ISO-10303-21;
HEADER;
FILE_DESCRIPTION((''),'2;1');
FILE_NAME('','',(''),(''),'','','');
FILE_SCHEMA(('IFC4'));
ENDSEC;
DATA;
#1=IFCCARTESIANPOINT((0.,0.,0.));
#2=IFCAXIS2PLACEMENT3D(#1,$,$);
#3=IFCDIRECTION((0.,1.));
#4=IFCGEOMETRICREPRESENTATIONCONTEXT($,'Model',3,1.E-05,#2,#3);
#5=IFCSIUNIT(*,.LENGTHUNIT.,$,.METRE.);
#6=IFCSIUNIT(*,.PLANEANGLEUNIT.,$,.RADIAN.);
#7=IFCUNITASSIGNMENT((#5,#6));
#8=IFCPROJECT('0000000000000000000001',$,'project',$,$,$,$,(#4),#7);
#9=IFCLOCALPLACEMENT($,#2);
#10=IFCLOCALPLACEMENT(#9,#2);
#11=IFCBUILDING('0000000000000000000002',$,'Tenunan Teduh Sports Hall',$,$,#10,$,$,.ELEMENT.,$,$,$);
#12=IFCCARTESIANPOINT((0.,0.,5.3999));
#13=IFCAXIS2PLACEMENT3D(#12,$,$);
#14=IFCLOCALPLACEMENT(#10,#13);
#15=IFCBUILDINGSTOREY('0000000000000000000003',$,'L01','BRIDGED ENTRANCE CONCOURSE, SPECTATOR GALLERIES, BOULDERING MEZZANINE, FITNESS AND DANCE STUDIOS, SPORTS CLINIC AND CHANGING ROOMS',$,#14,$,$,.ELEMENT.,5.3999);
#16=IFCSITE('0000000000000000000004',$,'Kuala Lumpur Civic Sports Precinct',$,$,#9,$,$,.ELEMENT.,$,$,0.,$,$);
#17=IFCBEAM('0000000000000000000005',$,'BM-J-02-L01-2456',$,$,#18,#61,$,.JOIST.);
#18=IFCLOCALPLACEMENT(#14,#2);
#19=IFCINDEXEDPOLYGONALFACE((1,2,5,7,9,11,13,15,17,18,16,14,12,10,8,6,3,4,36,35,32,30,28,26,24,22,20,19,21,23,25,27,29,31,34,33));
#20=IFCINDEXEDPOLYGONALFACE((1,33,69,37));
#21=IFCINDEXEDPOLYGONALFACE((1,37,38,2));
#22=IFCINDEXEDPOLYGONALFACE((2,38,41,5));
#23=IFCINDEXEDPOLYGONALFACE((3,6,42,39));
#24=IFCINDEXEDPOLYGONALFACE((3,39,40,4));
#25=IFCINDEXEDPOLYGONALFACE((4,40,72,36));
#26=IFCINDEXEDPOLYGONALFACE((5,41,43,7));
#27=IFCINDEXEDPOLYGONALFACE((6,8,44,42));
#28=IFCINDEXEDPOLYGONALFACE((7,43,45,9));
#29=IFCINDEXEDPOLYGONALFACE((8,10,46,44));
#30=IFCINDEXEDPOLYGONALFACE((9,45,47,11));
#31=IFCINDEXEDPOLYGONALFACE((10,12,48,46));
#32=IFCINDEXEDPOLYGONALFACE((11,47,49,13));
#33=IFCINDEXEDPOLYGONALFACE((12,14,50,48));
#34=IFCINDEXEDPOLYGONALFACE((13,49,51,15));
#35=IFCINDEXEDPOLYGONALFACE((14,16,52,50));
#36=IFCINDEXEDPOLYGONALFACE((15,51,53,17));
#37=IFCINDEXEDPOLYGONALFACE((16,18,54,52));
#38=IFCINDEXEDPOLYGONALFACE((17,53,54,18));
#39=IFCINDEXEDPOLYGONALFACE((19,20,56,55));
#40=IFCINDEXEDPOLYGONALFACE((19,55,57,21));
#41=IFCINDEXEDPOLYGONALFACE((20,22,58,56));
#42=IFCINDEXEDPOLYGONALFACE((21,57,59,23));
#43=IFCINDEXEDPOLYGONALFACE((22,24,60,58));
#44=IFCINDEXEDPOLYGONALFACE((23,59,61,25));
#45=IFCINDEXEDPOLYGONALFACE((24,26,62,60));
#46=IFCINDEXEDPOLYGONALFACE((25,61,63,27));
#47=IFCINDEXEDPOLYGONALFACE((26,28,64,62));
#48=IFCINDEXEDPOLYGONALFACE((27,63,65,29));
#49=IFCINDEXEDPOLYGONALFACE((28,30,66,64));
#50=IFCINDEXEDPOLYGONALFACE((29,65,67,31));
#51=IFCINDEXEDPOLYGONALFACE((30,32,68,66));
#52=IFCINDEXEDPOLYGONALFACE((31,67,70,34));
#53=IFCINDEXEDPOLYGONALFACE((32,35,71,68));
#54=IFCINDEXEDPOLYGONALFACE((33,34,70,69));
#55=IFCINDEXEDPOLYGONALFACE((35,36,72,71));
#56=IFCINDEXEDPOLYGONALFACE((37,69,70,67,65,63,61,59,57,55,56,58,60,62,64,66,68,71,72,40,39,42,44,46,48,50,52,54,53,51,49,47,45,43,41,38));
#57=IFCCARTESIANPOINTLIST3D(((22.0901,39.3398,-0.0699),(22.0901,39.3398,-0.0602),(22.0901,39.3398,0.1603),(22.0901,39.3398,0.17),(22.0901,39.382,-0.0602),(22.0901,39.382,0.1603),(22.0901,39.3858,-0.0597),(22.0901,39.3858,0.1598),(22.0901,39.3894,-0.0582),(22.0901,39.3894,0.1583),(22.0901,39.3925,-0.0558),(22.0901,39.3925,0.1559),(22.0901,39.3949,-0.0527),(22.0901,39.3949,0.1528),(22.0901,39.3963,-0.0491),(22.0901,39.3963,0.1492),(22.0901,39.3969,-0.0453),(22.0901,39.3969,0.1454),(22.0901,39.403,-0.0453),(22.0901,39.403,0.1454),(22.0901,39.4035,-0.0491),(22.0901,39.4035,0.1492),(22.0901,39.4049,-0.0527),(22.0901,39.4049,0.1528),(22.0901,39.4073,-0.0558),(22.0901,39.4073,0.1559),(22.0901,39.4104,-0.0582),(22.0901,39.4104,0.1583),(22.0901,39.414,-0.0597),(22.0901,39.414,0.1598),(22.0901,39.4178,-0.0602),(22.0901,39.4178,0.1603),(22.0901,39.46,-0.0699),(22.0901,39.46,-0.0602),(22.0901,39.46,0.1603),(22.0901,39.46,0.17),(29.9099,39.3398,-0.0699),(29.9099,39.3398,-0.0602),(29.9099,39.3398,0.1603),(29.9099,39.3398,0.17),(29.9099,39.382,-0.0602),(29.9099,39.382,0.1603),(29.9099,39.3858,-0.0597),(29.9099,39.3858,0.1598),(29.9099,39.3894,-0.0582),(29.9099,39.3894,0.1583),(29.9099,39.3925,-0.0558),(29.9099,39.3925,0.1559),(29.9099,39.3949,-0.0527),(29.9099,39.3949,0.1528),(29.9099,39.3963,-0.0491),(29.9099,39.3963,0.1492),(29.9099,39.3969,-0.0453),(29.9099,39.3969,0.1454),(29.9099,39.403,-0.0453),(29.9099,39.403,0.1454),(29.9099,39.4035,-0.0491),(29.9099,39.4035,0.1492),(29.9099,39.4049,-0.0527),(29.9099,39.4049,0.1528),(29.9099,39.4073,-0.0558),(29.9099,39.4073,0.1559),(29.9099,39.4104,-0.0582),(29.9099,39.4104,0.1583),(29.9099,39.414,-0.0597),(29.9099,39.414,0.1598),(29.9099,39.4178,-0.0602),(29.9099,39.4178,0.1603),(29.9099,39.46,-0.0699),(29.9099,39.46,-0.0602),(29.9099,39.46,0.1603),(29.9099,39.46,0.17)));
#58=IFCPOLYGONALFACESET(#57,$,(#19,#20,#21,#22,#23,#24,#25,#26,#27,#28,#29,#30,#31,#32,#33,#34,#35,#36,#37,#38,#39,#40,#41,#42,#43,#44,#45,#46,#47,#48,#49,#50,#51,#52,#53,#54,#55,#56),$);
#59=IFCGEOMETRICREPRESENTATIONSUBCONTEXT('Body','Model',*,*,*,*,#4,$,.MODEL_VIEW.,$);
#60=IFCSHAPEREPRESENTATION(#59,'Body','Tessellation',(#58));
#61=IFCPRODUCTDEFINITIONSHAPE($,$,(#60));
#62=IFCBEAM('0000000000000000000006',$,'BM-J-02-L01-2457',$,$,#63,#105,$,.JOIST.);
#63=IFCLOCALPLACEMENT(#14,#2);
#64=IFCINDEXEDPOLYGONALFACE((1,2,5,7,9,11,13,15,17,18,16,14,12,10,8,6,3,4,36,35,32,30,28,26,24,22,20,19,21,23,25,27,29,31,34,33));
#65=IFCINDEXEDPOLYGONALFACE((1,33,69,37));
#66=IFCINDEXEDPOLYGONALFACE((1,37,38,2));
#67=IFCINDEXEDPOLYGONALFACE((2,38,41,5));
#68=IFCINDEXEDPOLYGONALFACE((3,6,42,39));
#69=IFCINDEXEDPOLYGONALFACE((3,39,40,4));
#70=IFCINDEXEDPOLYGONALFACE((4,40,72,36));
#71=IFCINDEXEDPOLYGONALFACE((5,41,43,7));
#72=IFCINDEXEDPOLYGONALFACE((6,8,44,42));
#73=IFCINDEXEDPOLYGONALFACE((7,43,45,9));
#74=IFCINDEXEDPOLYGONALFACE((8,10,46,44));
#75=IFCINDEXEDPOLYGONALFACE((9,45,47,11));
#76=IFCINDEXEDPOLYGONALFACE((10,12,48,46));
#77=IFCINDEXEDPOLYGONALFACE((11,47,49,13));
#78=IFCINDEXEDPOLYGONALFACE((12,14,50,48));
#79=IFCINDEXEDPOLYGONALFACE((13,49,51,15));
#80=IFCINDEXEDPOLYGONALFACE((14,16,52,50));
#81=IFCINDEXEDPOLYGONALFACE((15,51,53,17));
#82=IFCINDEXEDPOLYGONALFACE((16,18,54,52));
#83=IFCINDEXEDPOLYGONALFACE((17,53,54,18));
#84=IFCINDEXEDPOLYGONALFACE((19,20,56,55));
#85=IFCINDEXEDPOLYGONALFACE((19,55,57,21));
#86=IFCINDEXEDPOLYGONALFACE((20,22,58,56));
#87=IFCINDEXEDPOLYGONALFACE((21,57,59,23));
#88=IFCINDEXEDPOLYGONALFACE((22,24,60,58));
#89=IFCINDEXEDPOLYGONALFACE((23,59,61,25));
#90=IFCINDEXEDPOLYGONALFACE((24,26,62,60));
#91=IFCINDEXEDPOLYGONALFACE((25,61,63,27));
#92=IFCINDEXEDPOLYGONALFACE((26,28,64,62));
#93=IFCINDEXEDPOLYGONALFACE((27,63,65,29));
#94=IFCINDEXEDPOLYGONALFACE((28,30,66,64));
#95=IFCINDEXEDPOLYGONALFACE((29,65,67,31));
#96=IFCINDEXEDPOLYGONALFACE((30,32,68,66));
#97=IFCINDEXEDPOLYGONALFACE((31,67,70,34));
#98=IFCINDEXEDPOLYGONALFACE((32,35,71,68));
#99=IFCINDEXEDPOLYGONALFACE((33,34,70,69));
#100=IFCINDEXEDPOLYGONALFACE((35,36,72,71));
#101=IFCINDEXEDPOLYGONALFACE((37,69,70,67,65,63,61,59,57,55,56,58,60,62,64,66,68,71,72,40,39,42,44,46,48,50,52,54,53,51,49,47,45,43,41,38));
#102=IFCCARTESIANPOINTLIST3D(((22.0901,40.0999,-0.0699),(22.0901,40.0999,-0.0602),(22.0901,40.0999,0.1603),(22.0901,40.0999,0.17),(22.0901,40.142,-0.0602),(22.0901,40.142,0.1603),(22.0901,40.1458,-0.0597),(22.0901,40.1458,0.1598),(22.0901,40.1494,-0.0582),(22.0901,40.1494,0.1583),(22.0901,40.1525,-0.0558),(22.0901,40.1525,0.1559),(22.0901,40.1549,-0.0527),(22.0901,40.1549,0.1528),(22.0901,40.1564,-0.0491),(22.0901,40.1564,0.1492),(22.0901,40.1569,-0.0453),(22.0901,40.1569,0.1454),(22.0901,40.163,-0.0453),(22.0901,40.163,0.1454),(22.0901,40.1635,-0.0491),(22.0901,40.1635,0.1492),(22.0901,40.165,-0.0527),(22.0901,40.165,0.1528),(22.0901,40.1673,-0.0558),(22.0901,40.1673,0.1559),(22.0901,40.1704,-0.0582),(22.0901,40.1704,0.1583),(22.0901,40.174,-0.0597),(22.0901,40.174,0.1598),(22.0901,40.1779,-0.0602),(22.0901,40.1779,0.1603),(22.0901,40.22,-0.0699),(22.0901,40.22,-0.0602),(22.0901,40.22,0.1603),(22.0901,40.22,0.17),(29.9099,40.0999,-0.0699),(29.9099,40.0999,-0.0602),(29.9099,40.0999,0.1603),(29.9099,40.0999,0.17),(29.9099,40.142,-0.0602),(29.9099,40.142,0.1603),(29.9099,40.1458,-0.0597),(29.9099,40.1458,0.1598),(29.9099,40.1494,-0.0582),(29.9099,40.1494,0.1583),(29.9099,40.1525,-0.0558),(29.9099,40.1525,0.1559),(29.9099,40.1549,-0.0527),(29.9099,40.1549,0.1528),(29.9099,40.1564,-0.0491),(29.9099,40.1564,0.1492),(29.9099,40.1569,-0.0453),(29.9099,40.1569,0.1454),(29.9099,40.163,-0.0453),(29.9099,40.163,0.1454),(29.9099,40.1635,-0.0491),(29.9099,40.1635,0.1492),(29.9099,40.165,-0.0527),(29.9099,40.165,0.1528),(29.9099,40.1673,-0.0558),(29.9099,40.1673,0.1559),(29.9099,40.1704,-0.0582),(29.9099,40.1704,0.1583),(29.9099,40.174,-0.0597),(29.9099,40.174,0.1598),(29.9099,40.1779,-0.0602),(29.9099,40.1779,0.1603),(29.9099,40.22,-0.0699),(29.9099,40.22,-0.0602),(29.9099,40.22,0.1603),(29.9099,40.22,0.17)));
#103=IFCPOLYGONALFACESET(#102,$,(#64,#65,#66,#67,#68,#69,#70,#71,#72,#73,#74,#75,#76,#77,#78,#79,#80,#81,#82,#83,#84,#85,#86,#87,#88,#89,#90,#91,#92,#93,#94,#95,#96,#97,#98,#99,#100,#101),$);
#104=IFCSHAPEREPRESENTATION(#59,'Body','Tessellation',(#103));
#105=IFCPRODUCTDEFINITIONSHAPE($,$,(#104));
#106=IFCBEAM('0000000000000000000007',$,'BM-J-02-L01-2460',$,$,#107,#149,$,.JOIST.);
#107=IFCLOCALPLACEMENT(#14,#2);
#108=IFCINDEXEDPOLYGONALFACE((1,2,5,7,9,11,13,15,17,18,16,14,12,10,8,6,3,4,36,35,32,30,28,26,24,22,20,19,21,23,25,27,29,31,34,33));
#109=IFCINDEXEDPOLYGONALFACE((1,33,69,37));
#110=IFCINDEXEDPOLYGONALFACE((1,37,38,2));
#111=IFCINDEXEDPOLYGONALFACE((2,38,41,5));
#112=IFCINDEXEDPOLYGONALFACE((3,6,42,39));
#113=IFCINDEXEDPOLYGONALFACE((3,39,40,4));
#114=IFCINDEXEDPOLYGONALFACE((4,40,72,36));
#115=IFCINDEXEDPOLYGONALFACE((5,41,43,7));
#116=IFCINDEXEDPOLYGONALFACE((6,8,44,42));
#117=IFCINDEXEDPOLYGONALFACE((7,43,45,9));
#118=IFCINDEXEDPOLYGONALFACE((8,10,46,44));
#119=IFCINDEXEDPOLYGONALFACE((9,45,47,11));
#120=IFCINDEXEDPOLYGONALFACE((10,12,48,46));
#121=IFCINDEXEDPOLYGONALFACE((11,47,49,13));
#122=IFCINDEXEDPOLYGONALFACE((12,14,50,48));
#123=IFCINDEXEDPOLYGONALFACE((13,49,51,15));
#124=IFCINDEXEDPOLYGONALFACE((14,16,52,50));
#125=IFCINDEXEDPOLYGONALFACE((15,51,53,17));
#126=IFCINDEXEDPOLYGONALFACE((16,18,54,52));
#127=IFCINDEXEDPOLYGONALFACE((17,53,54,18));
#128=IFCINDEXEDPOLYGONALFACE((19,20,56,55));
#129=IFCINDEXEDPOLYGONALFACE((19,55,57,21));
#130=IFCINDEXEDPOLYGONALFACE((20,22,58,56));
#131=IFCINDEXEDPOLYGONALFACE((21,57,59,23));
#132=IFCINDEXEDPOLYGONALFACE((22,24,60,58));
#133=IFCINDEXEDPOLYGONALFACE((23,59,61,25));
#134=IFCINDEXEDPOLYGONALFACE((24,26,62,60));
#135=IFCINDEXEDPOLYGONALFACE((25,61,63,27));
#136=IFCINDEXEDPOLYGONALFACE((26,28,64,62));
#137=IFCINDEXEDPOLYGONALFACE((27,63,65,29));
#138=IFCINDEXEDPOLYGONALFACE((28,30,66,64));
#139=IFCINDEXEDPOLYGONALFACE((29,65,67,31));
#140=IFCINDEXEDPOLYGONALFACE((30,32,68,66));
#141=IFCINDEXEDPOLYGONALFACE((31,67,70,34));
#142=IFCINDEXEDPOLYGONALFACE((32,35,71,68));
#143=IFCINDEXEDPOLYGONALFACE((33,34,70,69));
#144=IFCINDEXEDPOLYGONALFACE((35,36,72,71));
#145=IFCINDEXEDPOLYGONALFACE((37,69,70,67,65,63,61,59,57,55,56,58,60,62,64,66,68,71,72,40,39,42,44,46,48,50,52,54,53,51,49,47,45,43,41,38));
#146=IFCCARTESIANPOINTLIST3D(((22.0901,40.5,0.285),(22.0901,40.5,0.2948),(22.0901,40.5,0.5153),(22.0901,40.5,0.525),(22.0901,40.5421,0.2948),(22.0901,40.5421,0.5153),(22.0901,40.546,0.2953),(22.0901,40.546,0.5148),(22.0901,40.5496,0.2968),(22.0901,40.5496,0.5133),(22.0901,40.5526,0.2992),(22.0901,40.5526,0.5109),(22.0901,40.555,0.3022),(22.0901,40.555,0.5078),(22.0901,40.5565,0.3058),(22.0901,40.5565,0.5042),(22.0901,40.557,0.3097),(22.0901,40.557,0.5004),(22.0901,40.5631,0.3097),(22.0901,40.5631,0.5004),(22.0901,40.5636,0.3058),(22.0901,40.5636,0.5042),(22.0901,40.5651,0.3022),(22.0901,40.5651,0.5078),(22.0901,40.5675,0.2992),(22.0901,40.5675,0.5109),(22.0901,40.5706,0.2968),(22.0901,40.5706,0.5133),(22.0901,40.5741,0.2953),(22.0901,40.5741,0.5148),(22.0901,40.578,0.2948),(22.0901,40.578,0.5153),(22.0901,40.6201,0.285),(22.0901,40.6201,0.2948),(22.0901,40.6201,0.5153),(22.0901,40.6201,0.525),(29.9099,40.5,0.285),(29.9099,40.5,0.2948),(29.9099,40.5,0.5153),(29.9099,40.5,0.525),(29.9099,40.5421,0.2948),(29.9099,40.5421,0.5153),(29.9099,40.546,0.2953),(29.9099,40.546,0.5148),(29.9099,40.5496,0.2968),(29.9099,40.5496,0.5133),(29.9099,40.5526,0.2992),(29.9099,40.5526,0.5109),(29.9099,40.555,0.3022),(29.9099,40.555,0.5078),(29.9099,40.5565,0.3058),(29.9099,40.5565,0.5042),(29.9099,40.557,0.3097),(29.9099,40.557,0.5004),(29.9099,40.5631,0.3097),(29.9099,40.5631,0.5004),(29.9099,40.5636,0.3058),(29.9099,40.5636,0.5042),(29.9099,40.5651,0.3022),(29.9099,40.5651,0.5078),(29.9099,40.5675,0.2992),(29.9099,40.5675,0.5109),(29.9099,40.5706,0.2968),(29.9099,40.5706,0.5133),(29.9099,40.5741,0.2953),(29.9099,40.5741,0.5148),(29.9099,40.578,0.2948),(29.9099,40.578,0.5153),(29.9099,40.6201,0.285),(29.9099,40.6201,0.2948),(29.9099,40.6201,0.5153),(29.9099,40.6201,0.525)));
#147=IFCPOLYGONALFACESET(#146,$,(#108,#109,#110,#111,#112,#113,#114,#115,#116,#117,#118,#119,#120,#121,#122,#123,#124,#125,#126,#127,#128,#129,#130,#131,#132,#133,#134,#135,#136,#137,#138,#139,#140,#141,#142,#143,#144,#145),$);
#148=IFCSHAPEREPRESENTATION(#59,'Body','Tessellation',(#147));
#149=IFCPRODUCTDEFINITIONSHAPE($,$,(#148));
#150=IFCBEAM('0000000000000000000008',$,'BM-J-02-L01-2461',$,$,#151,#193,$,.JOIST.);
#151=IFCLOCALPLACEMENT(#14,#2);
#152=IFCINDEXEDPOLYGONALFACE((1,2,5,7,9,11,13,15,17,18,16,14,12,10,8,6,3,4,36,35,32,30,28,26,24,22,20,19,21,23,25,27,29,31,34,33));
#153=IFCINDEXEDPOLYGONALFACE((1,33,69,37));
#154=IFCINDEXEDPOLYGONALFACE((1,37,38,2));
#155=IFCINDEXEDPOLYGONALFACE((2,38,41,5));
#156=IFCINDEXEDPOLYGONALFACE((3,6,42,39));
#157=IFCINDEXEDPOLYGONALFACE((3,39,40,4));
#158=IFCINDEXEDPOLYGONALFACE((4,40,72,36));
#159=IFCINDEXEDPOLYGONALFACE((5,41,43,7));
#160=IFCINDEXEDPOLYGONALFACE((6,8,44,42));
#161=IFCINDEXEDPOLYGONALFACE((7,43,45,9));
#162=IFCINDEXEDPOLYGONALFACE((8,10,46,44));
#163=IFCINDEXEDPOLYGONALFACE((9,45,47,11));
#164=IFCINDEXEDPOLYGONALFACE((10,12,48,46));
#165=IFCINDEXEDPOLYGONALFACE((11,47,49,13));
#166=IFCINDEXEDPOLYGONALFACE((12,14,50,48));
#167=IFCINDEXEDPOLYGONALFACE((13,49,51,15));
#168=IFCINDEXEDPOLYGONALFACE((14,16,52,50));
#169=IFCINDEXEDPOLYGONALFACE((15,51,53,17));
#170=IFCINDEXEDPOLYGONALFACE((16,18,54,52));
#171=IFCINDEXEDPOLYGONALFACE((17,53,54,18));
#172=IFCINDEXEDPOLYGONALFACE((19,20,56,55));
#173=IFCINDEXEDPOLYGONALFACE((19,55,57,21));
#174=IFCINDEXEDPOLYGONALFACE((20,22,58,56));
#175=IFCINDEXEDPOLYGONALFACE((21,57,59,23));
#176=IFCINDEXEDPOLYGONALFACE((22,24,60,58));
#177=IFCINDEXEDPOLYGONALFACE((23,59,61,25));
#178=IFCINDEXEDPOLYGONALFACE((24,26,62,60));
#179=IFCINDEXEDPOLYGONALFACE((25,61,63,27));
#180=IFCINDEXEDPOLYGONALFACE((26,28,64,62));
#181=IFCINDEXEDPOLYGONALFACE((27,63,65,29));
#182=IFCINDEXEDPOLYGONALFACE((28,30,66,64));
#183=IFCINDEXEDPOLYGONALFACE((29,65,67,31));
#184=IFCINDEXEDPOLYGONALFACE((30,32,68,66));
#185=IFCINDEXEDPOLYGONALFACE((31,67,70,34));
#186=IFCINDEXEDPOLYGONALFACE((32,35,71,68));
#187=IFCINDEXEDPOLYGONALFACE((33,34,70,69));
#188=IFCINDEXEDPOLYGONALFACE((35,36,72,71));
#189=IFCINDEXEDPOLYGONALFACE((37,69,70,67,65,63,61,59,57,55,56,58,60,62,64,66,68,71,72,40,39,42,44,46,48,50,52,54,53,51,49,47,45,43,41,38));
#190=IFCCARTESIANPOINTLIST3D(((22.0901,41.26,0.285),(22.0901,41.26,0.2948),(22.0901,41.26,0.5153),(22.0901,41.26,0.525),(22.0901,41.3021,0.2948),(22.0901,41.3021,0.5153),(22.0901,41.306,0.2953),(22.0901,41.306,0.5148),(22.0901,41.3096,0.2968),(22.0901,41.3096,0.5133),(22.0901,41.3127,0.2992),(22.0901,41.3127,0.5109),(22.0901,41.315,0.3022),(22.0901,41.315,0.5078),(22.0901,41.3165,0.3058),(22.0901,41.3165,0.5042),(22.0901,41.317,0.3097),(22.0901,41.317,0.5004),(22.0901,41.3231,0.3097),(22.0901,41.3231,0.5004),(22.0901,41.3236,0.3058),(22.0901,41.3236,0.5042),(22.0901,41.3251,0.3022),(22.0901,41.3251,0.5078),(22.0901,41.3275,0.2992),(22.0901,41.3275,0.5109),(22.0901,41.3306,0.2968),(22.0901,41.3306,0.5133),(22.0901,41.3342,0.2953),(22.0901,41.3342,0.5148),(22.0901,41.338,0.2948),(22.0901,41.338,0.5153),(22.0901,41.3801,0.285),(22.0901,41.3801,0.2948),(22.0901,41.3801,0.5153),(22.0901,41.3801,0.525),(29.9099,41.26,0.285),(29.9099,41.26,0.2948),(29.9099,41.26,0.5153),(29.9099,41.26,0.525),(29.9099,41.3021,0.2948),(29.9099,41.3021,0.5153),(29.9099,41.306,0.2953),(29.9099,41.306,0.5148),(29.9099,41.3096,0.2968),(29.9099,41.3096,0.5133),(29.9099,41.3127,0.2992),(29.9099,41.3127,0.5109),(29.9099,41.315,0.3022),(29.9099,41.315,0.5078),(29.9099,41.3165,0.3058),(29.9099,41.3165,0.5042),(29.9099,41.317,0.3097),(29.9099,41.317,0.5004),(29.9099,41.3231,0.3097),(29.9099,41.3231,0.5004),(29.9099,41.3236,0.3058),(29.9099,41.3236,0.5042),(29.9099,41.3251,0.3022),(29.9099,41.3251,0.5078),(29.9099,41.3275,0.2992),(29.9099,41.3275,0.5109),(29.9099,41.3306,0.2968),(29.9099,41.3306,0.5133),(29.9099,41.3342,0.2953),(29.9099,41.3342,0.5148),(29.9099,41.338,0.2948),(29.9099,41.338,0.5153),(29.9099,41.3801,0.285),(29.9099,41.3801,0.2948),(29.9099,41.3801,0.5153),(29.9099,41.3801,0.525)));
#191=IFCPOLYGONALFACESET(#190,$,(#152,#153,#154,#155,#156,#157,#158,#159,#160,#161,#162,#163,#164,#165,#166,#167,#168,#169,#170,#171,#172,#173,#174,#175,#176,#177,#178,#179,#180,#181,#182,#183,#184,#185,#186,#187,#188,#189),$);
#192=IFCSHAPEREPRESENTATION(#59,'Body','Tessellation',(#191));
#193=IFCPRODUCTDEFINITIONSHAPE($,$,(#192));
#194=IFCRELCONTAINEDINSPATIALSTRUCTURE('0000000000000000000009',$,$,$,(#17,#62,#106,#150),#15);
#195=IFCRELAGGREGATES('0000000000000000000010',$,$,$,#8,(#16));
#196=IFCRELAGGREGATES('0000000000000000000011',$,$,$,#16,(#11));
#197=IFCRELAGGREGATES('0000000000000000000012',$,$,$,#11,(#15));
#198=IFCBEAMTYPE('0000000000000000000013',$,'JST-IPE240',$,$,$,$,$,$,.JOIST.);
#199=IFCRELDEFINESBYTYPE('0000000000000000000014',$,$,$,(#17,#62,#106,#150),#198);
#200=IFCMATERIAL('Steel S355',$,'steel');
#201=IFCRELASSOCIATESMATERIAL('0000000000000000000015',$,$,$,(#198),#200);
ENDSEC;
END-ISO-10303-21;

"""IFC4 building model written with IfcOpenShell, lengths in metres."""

from ifc_helpers import new_model, si_unit, direction, frame, origin, origin_2d, place, context, subcontext, project, spatial, i_section, extrude, material, material_profile, profile_set, type_object, element, save


model = new_model("IFC4")

# Units and contexts
model_context = context("Model", 3, precision=1e-05, world=origin(), true_north=direction((0.0, 1.0)))
body_context = subcontext(model_context, "Body", "Model", "MODEL_VIEW")
ifc_project = project(units=[si_unit("LENGTHUNIT", "METRE"), si_unit("PLANEANGLEUNIT", "RADIAN")], contexts=[model_context])

# Site, building, storey
site_placement = place(None, origin())
site = spatial("IfcSite", under=ifc_project, at=site_placement, Name="Kuala Lumpur Civic Sports Precinct", CompositionType="ELEMENT", RefElevation=0.0)
building_placement = place(site_placement, origin())
building = spatial("IfcBuilding", under=site, at=building_placement, Name="Tenunan Teduh Sports Hall", CompositionType="ELEMENT")
storey_placement = place(building_placement, frame((0.0, 0.0, 5.3999)))
storey = spatial("IfcBuildingStorey", under=building, at=storey_placement, Name="L01", Description="BRIDGED ENTRANCE CONCOURSE, SPECTATOR GALLERIES, BOULDERING MEZZANINE, FITNESS AND DANCE STUDIOS, SPORTS CLINIC AND CHANGING ROOMS", CompositionType="ELEMENT", Elevation=5.3999)

# Beams
ifc_material_1 = material(Name="Steel S355", Category="steel")
ifc_material_profile_1 = material_profile(ifc_material_1, i_section(OverallWidth=0.1201, OverallDepth=0.24, WebThickness=0.0061, FlangeThickness=0.0098, FilletRadius=0.0149, at=origin_2d()), Name="IPE 240")
ifc_profile_set_1 = profile_set([ifc_material_profile_1], Name="Steel S355")
beam_type_1 = type_object("IfcBeamType", Name="JST-IPE240", PredefinedType="JOIST", material=ifc_profile_set_1)
for number, where, z_axis, x_axis, name in (
    (1, (22.0901, 39.3999, 0.05), (1.0, 0.0, 0.0), (0.0, 1.0, 0.0), "BM-J-02-L01-2456"),
    (2, (22.0901, 40.1599, 0.05), (1.0, 0.0, 0.0), (0.0, 1.0, 0.0), "BM-J-02-L01-2457"),
    (3, (22.0901, 40.5601, 0.405), (1.0, 0.0, 0.0), (0.0, 1.0, 0.0), "BM-J-02-L01-2460"),
    (4, (22.0901, 41.3201, 0.405), (1.0, 0.0, 0.0), (0.0, 1.0, 0.0), "BM-J-02-L01-2461"),
):
    element("IfcBeam", number, at=place(storey_placement, frame(where, z_axis=z_axis, x_axis=x_axis)), inside=storey, type_object=beam_type_1, Name=name, PredefinedType="JOIST", context=body_context, shape_type="SweptSolid", body=[
        extrude(i_section(OverallWidth=0.1201, OverallDepth=0.24, WebThickness=0.0061, FlangeThickness=0.0098, FilletRadius=0.0149, at=origin_2d()), origin(), (0.0, 0.0, 1.0), 7.8198),
    ])

save(model, "model.ifc")
